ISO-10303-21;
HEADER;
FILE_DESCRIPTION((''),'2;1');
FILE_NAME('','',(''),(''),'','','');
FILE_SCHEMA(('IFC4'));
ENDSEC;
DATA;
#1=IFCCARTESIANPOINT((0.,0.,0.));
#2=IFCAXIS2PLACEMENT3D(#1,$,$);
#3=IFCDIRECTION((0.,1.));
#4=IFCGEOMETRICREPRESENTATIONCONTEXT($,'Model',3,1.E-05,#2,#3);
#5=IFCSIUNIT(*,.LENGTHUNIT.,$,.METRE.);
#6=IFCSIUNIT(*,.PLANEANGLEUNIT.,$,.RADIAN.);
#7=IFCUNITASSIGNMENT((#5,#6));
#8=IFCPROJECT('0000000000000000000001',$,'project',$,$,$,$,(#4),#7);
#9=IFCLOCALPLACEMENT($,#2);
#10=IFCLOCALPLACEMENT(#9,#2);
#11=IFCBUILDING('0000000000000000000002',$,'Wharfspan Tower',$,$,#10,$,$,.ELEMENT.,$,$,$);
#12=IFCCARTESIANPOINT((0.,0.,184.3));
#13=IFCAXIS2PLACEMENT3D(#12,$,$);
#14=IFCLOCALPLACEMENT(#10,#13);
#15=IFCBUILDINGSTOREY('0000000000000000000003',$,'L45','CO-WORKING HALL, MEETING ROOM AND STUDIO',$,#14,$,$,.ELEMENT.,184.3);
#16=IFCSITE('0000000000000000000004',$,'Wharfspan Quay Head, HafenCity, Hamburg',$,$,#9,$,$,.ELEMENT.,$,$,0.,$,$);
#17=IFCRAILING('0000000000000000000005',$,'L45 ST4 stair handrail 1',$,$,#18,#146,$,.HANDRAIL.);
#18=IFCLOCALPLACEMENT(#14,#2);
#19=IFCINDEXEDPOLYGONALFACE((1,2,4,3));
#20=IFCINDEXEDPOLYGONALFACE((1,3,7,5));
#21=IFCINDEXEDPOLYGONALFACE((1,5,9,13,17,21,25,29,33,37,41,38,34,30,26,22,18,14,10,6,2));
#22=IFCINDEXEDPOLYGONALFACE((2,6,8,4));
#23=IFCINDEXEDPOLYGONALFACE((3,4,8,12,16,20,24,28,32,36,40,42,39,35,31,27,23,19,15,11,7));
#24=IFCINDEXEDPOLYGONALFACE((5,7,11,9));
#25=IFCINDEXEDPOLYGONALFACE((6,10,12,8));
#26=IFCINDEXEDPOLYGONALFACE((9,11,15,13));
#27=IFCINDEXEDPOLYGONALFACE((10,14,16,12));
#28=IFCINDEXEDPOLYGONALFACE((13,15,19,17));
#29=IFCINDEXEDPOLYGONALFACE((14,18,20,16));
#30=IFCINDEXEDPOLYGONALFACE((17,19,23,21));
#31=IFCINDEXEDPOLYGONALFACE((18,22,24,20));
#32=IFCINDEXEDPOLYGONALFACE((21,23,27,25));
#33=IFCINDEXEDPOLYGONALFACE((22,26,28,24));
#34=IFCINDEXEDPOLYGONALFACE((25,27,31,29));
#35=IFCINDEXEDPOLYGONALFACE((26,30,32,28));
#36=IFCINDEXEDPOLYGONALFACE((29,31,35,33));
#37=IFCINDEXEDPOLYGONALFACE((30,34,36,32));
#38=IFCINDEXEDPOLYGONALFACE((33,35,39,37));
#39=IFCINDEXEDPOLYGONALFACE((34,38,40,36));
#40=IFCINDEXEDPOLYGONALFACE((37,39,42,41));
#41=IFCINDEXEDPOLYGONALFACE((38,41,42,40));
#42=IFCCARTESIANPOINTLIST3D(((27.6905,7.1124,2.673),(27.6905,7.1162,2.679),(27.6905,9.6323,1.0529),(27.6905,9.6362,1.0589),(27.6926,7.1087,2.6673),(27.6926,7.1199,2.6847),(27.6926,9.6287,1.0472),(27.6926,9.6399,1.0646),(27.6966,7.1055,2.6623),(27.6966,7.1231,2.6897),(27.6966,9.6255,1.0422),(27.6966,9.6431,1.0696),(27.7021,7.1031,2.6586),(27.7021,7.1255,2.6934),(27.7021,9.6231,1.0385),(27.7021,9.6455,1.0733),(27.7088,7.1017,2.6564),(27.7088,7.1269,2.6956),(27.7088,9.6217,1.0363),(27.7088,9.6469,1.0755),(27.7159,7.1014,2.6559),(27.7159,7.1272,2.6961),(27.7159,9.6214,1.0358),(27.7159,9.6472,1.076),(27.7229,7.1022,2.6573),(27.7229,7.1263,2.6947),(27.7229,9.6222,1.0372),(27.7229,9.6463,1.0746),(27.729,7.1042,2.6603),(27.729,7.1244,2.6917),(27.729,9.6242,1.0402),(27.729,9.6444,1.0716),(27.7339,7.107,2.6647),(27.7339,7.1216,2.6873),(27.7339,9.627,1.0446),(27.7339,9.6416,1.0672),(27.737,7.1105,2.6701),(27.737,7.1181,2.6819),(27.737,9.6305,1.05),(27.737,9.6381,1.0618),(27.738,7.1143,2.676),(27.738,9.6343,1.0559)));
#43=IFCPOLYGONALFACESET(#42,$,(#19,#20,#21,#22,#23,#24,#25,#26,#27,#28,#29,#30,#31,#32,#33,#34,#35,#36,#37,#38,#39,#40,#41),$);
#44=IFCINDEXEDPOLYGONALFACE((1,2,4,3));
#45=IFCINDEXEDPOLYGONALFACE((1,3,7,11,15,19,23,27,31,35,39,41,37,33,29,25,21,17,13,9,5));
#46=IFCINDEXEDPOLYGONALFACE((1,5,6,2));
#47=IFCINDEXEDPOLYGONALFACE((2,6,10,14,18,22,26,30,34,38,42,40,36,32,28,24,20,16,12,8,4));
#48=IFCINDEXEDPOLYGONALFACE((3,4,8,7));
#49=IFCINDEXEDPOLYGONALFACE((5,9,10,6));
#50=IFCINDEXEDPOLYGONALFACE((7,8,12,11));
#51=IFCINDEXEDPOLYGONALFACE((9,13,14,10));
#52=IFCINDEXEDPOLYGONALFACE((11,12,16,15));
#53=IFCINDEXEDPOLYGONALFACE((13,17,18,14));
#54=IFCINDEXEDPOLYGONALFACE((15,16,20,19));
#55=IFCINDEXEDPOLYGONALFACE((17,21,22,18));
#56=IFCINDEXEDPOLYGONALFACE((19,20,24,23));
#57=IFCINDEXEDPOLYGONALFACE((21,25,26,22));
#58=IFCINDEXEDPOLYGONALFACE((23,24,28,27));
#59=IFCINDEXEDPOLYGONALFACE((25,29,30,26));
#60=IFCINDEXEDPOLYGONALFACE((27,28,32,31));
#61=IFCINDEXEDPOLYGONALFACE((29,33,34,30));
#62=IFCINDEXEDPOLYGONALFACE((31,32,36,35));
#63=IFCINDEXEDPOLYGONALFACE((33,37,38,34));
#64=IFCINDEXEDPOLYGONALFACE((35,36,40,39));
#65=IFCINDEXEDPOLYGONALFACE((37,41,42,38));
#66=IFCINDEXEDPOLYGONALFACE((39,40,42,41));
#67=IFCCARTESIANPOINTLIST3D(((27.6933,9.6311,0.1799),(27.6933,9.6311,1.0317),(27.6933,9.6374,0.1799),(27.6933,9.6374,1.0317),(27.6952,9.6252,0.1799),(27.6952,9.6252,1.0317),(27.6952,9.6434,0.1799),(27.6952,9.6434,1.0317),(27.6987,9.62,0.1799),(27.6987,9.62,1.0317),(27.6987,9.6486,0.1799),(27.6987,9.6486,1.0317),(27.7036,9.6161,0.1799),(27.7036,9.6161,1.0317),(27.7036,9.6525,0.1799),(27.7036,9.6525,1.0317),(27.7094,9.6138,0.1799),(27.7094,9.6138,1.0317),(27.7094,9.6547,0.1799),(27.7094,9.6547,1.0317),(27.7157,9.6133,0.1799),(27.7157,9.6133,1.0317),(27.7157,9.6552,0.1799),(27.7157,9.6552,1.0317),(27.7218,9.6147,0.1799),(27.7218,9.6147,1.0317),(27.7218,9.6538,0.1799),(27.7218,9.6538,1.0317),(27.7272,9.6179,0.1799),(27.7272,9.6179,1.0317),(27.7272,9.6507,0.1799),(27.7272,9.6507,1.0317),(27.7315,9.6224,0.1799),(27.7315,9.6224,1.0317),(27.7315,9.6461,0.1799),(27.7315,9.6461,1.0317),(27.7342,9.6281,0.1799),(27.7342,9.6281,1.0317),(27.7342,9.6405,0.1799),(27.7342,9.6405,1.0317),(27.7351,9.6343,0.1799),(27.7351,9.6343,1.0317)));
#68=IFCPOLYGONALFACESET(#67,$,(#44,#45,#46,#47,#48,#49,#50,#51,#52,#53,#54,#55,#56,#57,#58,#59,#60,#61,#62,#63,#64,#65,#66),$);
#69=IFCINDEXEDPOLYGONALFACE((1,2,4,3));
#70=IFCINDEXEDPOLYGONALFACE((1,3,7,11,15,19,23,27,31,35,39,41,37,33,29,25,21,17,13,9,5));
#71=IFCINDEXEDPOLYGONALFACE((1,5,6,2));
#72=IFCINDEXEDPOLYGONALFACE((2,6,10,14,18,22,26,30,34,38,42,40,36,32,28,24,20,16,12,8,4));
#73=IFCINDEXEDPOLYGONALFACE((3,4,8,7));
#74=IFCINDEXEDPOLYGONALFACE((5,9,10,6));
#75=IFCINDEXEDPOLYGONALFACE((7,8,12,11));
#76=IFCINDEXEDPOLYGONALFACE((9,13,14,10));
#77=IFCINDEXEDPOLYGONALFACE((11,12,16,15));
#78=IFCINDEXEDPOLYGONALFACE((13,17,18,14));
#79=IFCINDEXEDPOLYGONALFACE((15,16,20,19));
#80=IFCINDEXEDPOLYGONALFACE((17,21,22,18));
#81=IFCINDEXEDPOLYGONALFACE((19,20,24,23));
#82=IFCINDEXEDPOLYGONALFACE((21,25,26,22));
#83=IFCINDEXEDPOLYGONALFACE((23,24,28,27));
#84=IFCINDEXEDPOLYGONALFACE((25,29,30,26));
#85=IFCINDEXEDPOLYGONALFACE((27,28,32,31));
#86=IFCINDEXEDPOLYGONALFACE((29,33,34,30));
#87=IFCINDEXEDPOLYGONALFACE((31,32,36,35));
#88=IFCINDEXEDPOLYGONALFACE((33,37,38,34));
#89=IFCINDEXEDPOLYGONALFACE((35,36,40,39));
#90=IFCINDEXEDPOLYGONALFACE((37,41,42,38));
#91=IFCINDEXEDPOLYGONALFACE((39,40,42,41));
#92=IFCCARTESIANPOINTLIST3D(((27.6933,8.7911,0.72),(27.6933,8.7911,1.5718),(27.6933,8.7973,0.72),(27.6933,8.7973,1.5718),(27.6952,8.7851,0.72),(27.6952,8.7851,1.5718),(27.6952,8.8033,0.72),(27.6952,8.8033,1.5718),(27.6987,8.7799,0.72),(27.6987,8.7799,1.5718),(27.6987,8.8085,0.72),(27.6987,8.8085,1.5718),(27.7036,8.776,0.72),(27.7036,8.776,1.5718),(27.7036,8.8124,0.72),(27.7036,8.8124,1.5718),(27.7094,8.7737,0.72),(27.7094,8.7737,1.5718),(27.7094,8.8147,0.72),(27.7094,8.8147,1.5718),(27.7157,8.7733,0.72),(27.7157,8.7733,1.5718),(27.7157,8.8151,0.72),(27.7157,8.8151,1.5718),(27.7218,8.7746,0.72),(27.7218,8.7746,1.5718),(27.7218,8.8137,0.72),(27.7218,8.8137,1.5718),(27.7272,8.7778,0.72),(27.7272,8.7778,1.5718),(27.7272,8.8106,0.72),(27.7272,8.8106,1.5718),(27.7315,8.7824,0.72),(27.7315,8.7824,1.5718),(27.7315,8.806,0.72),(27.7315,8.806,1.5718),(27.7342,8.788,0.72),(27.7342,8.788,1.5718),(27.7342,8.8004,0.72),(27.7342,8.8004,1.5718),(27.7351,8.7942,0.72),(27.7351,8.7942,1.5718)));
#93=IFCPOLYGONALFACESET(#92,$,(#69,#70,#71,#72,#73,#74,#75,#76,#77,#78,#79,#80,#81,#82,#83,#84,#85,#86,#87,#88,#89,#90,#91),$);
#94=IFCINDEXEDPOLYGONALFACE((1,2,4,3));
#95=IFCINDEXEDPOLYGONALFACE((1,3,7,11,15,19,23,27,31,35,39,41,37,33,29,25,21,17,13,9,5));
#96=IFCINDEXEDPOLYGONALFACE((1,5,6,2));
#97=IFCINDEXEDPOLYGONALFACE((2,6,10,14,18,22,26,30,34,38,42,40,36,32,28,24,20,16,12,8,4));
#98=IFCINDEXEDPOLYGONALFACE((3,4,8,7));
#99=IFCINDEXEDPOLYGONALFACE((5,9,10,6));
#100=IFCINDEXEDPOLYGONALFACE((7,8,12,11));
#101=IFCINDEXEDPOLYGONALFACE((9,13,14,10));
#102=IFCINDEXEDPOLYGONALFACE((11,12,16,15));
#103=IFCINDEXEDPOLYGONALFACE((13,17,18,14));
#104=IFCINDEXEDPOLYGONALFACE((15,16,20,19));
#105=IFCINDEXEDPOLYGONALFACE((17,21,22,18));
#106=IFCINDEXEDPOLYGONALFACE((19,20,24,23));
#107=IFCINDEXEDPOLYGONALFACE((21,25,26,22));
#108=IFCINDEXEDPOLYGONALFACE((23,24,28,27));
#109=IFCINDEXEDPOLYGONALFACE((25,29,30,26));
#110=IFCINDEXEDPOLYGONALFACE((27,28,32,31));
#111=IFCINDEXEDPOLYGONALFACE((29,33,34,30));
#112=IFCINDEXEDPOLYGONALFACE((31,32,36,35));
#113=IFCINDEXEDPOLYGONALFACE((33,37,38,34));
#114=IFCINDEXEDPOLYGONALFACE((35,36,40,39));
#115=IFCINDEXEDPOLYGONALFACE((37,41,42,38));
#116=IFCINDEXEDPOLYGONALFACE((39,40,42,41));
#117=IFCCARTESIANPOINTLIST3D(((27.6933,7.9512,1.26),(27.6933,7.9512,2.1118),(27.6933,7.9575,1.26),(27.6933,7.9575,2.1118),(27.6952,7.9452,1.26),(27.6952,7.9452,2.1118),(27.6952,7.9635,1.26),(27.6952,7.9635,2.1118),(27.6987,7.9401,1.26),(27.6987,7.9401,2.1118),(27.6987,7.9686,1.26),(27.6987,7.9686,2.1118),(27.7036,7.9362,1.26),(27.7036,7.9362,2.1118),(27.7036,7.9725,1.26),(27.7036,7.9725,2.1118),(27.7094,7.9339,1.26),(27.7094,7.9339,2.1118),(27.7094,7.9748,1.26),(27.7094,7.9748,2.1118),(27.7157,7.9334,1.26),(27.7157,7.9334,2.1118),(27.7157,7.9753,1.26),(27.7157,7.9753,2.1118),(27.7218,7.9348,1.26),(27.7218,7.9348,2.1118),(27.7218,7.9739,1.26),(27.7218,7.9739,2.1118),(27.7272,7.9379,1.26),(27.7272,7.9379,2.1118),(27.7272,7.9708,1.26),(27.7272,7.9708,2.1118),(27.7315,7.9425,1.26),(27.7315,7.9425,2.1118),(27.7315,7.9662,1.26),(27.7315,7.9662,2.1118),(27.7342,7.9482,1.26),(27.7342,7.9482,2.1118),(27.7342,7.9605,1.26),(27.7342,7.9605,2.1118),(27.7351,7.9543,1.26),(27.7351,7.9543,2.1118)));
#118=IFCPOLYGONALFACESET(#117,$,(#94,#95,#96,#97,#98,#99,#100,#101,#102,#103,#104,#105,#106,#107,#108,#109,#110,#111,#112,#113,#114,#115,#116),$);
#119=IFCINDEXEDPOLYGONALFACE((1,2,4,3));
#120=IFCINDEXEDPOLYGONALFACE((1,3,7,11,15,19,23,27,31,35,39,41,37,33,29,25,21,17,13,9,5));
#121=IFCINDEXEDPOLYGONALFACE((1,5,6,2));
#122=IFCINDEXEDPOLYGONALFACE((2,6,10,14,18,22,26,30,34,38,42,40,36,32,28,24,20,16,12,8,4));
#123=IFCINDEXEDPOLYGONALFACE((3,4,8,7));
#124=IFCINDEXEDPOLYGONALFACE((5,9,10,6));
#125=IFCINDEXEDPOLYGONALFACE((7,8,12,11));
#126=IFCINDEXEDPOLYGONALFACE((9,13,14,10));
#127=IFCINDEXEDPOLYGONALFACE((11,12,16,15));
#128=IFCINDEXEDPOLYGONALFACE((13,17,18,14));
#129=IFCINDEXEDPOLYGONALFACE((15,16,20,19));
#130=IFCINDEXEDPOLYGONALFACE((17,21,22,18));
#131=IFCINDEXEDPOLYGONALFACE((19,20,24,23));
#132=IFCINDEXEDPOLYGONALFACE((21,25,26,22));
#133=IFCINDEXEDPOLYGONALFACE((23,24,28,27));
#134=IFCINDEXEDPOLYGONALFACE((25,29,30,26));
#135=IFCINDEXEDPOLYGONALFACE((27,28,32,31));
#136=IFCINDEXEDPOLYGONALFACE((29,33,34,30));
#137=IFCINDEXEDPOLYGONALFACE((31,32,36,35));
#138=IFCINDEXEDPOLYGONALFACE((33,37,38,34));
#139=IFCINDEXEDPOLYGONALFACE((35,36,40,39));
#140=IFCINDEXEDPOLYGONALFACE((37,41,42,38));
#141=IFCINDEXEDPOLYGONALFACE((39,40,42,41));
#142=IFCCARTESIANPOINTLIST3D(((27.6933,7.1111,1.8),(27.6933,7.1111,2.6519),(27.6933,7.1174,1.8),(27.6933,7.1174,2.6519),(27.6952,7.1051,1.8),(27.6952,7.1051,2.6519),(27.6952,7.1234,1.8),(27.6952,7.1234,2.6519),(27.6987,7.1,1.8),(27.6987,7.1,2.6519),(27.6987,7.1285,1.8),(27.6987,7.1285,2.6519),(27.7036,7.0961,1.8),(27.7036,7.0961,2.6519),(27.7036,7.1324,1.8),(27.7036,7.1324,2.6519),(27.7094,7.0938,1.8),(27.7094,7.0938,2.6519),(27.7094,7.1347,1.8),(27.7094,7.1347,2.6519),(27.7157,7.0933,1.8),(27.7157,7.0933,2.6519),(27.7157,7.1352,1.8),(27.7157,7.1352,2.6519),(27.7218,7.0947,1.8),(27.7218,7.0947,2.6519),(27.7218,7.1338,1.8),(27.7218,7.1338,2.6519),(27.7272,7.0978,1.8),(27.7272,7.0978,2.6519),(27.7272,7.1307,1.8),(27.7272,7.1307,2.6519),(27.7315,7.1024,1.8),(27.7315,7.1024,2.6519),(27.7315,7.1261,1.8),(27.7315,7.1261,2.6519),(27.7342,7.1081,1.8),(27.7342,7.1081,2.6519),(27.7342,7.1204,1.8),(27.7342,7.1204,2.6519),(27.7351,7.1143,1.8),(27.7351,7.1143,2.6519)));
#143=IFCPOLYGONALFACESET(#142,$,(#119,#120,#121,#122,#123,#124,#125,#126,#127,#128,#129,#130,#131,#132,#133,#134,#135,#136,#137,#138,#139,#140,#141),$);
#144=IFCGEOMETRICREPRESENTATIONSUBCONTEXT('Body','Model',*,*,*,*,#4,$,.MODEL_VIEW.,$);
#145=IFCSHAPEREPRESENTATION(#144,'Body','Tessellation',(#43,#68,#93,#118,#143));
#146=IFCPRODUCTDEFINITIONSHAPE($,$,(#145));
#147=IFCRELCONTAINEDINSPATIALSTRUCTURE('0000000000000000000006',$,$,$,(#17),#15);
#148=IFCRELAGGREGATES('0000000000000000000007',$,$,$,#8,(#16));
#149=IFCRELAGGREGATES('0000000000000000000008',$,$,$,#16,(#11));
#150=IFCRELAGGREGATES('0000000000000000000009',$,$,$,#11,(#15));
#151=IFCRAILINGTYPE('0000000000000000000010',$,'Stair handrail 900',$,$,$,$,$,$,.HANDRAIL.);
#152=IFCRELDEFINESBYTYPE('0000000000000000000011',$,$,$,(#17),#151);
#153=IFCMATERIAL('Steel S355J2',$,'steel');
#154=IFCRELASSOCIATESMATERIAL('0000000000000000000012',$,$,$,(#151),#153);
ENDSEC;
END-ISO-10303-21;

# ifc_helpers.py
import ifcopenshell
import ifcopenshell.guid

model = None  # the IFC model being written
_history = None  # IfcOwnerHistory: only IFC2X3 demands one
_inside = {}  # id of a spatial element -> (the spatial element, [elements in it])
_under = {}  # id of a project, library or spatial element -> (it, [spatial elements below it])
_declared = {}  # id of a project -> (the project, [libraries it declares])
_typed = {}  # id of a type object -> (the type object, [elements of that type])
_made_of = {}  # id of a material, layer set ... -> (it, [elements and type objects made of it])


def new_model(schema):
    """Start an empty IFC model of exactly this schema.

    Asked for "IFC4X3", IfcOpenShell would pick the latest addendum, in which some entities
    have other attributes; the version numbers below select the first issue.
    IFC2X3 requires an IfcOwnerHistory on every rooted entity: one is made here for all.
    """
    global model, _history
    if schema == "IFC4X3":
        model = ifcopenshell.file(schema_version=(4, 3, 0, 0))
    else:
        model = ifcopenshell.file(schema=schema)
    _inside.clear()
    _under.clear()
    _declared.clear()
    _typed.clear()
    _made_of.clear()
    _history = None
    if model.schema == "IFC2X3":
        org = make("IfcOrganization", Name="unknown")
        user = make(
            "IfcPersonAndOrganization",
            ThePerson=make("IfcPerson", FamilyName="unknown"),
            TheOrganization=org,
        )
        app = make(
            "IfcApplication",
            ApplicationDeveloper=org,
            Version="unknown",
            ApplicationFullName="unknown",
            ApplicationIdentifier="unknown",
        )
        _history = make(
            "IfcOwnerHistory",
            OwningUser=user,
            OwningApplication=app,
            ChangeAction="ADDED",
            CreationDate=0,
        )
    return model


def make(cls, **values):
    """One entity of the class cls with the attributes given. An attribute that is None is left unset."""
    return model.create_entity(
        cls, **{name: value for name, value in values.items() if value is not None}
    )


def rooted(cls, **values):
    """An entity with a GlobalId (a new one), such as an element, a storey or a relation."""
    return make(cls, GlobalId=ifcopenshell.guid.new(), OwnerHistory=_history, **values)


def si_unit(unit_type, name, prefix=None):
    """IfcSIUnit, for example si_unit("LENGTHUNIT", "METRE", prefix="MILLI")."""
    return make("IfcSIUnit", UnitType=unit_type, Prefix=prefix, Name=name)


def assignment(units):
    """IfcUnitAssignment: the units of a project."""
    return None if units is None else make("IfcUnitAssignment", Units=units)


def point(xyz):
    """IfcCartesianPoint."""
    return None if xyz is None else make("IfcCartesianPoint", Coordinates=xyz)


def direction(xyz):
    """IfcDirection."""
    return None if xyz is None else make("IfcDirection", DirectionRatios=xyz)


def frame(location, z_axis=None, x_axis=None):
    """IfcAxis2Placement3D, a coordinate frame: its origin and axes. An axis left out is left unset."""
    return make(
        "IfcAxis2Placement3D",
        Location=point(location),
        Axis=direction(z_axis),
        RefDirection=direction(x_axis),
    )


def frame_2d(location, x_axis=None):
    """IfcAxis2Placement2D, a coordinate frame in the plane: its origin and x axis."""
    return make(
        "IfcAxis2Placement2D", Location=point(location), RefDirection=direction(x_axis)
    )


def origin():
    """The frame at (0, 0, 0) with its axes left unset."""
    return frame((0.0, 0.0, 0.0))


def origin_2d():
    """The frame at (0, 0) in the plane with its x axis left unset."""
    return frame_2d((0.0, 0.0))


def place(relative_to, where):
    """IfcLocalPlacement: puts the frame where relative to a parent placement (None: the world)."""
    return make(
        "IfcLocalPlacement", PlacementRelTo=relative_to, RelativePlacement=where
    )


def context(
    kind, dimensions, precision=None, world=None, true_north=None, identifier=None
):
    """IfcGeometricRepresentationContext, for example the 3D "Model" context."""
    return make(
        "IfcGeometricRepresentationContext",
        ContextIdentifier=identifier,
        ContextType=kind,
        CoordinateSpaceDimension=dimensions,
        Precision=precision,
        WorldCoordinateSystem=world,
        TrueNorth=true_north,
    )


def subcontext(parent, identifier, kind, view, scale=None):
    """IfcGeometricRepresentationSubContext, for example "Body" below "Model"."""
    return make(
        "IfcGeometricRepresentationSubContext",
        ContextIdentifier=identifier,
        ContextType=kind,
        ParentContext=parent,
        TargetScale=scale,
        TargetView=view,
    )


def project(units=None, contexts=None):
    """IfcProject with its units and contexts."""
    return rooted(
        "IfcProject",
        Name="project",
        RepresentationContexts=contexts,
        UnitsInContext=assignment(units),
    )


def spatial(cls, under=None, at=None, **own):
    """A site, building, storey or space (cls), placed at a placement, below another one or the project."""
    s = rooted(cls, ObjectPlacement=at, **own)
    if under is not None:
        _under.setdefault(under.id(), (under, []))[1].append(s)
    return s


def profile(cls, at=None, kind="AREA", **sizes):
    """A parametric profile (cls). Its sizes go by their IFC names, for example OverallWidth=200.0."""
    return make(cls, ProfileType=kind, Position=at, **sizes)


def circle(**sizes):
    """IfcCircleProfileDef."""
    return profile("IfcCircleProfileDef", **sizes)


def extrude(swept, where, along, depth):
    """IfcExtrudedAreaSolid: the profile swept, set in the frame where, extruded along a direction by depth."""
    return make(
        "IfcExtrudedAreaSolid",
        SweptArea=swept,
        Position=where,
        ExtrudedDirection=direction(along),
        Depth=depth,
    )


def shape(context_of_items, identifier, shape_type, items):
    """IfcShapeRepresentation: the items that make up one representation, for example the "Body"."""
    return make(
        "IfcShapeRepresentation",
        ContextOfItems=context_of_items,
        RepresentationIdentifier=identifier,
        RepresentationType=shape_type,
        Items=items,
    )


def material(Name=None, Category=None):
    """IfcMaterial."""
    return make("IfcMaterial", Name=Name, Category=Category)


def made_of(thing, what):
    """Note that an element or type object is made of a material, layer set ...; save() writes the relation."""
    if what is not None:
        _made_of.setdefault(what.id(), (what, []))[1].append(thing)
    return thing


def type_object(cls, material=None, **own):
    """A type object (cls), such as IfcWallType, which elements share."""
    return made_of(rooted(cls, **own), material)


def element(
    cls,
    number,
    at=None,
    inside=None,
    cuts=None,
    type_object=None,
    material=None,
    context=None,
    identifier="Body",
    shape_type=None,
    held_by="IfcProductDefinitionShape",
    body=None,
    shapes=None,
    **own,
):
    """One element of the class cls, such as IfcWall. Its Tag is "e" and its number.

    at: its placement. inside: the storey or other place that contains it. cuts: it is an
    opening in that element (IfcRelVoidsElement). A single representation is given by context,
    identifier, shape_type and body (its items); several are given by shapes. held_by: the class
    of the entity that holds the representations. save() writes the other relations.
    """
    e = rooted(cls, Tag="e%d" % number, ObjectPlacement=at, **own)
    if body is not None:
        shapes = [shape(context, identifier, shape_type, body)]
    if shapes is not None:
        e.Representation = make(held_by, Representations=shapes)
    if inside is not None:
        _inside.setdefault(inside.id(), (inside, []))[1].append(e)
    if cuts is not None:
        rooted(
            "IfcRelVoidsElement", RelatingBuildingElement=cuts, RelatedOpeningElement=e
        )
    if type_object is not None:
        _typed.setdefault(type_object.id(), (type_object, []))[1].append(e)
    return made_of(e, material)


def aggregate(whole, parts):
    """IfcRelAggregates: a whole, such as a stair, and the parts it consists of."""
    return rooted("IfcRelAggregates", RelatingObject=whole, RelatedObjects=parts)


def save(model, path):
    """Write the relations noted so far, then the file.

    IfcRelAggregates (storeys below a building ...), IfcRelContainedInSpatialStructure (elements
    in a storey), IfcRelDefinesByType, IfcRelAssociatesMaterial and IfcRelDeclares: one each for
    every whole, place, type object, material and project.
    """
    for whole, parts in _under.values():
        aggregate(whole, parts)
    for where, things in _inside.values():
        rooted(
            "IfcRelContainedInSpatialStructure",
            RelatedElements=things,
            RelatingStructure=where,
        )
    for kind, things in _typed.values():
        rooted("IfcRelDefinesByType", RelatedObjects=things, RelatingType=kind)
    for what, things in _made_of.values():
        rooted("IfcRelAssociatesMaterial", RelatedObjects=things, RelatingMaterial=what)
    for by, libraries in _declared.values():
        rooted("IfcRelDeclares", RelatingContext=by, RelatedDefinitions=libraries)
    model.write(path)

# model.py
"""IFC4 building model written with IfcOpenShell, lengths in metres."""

from ifc_helpers import new_model, si_unit, direction, frame, origin, origin_2d, place, context, subcontext, project, spatial, circle, extrude, material, type_object, element, save


model = new_model("IFC4")

# Units and contexts
model_context = context("Model", 3, precision=1e-05, world=origin(), true_north=direction((0.0, 1.0)))
body_context = subcontext(model_context, "Body", "Model", "MODEL_VIEW")
ifc_project = project(units=[si_unit("LENGTHUNIT", "METRE"), si_unit("PLANEANGLEUNIT", "RADIAN")], contexts=[model_context])

# Site, building, storey
site_placement = place(None, origin())
site = spatial("IfcSite", under=ifc_project, at=site_placement, Name="Wharfspan Quay Head, HafenCity, Hamburg", CompositionType="ELEMENT", RefElevation=0.0)
building_placement = place(site_placement, origin())
building = spatial("IfcBuilding", under=site, at=building_placement, Name="Wharfspan Tower", CompositionType="ELEMENT")
storey_placement = place(building_placement, frame((0.0, 0.0, 184.3)))
storey = spatial("IfcBuildingStorey", under=building, at=storey_placement, Name="L45", Description="CO-WORKING HALL, MEETING ROOM AND STUDIO", CompositionType="ELEMENT", Elevation=184.3)

# Shared definitions
ifc_material_1 = material(Name="Steel S355J2", Category="steel")

# Railing
railing_type_1 = type_object("IfcRailingType", Name="Stair handrail 900", PredefinedType="HANDRAIL", material=ifc_material_1)
railing_1_placement = place(storey_placement, frame((27.7141, 9.6343, 0.1799)))
element("IfcRailing", 1, at=railing_1_placement, inside=storey, type_object=railing_type_1, Name="L45 ST4 stair handrail 1", PredefinedType="HANDRAIL", context=body_context, shape_type="SweptSolid", body=[
    extrude(circle(Radius=0.0239, at=origin_2d()), frame((0.0, 0.0, 0.876), z_axis=(0.0, -0.841163, 0.540782), x_axis=(1.0, 0.0, 0.0)), (0.0, 0.0, 1.0), 2.9958),
    extrude(circle(Radius=0.021, at=origin_2d()), origin(), (0.0, 0.0, 1.0), 0.8518),
    extrude(circle(Radius=0.021, at=origin_2d()), frame((0.0, -0.8401, 0.54)), (0.0, 0.0, 1.0), 0.8518),
    extrude(circle(Radius=0.021, at=origin_2d()), frame((0.0, -1.6799, 1.0801)), (0.0, 0.0, 1.0), 0.8518),
    extrude(circle(Radius=0.021, at=origin_2d()), frame((0.0, -2.52, 1.6201)), (0.0, 0.0, 1.0), 0.8518),
])

save(model, "model.ifc")
